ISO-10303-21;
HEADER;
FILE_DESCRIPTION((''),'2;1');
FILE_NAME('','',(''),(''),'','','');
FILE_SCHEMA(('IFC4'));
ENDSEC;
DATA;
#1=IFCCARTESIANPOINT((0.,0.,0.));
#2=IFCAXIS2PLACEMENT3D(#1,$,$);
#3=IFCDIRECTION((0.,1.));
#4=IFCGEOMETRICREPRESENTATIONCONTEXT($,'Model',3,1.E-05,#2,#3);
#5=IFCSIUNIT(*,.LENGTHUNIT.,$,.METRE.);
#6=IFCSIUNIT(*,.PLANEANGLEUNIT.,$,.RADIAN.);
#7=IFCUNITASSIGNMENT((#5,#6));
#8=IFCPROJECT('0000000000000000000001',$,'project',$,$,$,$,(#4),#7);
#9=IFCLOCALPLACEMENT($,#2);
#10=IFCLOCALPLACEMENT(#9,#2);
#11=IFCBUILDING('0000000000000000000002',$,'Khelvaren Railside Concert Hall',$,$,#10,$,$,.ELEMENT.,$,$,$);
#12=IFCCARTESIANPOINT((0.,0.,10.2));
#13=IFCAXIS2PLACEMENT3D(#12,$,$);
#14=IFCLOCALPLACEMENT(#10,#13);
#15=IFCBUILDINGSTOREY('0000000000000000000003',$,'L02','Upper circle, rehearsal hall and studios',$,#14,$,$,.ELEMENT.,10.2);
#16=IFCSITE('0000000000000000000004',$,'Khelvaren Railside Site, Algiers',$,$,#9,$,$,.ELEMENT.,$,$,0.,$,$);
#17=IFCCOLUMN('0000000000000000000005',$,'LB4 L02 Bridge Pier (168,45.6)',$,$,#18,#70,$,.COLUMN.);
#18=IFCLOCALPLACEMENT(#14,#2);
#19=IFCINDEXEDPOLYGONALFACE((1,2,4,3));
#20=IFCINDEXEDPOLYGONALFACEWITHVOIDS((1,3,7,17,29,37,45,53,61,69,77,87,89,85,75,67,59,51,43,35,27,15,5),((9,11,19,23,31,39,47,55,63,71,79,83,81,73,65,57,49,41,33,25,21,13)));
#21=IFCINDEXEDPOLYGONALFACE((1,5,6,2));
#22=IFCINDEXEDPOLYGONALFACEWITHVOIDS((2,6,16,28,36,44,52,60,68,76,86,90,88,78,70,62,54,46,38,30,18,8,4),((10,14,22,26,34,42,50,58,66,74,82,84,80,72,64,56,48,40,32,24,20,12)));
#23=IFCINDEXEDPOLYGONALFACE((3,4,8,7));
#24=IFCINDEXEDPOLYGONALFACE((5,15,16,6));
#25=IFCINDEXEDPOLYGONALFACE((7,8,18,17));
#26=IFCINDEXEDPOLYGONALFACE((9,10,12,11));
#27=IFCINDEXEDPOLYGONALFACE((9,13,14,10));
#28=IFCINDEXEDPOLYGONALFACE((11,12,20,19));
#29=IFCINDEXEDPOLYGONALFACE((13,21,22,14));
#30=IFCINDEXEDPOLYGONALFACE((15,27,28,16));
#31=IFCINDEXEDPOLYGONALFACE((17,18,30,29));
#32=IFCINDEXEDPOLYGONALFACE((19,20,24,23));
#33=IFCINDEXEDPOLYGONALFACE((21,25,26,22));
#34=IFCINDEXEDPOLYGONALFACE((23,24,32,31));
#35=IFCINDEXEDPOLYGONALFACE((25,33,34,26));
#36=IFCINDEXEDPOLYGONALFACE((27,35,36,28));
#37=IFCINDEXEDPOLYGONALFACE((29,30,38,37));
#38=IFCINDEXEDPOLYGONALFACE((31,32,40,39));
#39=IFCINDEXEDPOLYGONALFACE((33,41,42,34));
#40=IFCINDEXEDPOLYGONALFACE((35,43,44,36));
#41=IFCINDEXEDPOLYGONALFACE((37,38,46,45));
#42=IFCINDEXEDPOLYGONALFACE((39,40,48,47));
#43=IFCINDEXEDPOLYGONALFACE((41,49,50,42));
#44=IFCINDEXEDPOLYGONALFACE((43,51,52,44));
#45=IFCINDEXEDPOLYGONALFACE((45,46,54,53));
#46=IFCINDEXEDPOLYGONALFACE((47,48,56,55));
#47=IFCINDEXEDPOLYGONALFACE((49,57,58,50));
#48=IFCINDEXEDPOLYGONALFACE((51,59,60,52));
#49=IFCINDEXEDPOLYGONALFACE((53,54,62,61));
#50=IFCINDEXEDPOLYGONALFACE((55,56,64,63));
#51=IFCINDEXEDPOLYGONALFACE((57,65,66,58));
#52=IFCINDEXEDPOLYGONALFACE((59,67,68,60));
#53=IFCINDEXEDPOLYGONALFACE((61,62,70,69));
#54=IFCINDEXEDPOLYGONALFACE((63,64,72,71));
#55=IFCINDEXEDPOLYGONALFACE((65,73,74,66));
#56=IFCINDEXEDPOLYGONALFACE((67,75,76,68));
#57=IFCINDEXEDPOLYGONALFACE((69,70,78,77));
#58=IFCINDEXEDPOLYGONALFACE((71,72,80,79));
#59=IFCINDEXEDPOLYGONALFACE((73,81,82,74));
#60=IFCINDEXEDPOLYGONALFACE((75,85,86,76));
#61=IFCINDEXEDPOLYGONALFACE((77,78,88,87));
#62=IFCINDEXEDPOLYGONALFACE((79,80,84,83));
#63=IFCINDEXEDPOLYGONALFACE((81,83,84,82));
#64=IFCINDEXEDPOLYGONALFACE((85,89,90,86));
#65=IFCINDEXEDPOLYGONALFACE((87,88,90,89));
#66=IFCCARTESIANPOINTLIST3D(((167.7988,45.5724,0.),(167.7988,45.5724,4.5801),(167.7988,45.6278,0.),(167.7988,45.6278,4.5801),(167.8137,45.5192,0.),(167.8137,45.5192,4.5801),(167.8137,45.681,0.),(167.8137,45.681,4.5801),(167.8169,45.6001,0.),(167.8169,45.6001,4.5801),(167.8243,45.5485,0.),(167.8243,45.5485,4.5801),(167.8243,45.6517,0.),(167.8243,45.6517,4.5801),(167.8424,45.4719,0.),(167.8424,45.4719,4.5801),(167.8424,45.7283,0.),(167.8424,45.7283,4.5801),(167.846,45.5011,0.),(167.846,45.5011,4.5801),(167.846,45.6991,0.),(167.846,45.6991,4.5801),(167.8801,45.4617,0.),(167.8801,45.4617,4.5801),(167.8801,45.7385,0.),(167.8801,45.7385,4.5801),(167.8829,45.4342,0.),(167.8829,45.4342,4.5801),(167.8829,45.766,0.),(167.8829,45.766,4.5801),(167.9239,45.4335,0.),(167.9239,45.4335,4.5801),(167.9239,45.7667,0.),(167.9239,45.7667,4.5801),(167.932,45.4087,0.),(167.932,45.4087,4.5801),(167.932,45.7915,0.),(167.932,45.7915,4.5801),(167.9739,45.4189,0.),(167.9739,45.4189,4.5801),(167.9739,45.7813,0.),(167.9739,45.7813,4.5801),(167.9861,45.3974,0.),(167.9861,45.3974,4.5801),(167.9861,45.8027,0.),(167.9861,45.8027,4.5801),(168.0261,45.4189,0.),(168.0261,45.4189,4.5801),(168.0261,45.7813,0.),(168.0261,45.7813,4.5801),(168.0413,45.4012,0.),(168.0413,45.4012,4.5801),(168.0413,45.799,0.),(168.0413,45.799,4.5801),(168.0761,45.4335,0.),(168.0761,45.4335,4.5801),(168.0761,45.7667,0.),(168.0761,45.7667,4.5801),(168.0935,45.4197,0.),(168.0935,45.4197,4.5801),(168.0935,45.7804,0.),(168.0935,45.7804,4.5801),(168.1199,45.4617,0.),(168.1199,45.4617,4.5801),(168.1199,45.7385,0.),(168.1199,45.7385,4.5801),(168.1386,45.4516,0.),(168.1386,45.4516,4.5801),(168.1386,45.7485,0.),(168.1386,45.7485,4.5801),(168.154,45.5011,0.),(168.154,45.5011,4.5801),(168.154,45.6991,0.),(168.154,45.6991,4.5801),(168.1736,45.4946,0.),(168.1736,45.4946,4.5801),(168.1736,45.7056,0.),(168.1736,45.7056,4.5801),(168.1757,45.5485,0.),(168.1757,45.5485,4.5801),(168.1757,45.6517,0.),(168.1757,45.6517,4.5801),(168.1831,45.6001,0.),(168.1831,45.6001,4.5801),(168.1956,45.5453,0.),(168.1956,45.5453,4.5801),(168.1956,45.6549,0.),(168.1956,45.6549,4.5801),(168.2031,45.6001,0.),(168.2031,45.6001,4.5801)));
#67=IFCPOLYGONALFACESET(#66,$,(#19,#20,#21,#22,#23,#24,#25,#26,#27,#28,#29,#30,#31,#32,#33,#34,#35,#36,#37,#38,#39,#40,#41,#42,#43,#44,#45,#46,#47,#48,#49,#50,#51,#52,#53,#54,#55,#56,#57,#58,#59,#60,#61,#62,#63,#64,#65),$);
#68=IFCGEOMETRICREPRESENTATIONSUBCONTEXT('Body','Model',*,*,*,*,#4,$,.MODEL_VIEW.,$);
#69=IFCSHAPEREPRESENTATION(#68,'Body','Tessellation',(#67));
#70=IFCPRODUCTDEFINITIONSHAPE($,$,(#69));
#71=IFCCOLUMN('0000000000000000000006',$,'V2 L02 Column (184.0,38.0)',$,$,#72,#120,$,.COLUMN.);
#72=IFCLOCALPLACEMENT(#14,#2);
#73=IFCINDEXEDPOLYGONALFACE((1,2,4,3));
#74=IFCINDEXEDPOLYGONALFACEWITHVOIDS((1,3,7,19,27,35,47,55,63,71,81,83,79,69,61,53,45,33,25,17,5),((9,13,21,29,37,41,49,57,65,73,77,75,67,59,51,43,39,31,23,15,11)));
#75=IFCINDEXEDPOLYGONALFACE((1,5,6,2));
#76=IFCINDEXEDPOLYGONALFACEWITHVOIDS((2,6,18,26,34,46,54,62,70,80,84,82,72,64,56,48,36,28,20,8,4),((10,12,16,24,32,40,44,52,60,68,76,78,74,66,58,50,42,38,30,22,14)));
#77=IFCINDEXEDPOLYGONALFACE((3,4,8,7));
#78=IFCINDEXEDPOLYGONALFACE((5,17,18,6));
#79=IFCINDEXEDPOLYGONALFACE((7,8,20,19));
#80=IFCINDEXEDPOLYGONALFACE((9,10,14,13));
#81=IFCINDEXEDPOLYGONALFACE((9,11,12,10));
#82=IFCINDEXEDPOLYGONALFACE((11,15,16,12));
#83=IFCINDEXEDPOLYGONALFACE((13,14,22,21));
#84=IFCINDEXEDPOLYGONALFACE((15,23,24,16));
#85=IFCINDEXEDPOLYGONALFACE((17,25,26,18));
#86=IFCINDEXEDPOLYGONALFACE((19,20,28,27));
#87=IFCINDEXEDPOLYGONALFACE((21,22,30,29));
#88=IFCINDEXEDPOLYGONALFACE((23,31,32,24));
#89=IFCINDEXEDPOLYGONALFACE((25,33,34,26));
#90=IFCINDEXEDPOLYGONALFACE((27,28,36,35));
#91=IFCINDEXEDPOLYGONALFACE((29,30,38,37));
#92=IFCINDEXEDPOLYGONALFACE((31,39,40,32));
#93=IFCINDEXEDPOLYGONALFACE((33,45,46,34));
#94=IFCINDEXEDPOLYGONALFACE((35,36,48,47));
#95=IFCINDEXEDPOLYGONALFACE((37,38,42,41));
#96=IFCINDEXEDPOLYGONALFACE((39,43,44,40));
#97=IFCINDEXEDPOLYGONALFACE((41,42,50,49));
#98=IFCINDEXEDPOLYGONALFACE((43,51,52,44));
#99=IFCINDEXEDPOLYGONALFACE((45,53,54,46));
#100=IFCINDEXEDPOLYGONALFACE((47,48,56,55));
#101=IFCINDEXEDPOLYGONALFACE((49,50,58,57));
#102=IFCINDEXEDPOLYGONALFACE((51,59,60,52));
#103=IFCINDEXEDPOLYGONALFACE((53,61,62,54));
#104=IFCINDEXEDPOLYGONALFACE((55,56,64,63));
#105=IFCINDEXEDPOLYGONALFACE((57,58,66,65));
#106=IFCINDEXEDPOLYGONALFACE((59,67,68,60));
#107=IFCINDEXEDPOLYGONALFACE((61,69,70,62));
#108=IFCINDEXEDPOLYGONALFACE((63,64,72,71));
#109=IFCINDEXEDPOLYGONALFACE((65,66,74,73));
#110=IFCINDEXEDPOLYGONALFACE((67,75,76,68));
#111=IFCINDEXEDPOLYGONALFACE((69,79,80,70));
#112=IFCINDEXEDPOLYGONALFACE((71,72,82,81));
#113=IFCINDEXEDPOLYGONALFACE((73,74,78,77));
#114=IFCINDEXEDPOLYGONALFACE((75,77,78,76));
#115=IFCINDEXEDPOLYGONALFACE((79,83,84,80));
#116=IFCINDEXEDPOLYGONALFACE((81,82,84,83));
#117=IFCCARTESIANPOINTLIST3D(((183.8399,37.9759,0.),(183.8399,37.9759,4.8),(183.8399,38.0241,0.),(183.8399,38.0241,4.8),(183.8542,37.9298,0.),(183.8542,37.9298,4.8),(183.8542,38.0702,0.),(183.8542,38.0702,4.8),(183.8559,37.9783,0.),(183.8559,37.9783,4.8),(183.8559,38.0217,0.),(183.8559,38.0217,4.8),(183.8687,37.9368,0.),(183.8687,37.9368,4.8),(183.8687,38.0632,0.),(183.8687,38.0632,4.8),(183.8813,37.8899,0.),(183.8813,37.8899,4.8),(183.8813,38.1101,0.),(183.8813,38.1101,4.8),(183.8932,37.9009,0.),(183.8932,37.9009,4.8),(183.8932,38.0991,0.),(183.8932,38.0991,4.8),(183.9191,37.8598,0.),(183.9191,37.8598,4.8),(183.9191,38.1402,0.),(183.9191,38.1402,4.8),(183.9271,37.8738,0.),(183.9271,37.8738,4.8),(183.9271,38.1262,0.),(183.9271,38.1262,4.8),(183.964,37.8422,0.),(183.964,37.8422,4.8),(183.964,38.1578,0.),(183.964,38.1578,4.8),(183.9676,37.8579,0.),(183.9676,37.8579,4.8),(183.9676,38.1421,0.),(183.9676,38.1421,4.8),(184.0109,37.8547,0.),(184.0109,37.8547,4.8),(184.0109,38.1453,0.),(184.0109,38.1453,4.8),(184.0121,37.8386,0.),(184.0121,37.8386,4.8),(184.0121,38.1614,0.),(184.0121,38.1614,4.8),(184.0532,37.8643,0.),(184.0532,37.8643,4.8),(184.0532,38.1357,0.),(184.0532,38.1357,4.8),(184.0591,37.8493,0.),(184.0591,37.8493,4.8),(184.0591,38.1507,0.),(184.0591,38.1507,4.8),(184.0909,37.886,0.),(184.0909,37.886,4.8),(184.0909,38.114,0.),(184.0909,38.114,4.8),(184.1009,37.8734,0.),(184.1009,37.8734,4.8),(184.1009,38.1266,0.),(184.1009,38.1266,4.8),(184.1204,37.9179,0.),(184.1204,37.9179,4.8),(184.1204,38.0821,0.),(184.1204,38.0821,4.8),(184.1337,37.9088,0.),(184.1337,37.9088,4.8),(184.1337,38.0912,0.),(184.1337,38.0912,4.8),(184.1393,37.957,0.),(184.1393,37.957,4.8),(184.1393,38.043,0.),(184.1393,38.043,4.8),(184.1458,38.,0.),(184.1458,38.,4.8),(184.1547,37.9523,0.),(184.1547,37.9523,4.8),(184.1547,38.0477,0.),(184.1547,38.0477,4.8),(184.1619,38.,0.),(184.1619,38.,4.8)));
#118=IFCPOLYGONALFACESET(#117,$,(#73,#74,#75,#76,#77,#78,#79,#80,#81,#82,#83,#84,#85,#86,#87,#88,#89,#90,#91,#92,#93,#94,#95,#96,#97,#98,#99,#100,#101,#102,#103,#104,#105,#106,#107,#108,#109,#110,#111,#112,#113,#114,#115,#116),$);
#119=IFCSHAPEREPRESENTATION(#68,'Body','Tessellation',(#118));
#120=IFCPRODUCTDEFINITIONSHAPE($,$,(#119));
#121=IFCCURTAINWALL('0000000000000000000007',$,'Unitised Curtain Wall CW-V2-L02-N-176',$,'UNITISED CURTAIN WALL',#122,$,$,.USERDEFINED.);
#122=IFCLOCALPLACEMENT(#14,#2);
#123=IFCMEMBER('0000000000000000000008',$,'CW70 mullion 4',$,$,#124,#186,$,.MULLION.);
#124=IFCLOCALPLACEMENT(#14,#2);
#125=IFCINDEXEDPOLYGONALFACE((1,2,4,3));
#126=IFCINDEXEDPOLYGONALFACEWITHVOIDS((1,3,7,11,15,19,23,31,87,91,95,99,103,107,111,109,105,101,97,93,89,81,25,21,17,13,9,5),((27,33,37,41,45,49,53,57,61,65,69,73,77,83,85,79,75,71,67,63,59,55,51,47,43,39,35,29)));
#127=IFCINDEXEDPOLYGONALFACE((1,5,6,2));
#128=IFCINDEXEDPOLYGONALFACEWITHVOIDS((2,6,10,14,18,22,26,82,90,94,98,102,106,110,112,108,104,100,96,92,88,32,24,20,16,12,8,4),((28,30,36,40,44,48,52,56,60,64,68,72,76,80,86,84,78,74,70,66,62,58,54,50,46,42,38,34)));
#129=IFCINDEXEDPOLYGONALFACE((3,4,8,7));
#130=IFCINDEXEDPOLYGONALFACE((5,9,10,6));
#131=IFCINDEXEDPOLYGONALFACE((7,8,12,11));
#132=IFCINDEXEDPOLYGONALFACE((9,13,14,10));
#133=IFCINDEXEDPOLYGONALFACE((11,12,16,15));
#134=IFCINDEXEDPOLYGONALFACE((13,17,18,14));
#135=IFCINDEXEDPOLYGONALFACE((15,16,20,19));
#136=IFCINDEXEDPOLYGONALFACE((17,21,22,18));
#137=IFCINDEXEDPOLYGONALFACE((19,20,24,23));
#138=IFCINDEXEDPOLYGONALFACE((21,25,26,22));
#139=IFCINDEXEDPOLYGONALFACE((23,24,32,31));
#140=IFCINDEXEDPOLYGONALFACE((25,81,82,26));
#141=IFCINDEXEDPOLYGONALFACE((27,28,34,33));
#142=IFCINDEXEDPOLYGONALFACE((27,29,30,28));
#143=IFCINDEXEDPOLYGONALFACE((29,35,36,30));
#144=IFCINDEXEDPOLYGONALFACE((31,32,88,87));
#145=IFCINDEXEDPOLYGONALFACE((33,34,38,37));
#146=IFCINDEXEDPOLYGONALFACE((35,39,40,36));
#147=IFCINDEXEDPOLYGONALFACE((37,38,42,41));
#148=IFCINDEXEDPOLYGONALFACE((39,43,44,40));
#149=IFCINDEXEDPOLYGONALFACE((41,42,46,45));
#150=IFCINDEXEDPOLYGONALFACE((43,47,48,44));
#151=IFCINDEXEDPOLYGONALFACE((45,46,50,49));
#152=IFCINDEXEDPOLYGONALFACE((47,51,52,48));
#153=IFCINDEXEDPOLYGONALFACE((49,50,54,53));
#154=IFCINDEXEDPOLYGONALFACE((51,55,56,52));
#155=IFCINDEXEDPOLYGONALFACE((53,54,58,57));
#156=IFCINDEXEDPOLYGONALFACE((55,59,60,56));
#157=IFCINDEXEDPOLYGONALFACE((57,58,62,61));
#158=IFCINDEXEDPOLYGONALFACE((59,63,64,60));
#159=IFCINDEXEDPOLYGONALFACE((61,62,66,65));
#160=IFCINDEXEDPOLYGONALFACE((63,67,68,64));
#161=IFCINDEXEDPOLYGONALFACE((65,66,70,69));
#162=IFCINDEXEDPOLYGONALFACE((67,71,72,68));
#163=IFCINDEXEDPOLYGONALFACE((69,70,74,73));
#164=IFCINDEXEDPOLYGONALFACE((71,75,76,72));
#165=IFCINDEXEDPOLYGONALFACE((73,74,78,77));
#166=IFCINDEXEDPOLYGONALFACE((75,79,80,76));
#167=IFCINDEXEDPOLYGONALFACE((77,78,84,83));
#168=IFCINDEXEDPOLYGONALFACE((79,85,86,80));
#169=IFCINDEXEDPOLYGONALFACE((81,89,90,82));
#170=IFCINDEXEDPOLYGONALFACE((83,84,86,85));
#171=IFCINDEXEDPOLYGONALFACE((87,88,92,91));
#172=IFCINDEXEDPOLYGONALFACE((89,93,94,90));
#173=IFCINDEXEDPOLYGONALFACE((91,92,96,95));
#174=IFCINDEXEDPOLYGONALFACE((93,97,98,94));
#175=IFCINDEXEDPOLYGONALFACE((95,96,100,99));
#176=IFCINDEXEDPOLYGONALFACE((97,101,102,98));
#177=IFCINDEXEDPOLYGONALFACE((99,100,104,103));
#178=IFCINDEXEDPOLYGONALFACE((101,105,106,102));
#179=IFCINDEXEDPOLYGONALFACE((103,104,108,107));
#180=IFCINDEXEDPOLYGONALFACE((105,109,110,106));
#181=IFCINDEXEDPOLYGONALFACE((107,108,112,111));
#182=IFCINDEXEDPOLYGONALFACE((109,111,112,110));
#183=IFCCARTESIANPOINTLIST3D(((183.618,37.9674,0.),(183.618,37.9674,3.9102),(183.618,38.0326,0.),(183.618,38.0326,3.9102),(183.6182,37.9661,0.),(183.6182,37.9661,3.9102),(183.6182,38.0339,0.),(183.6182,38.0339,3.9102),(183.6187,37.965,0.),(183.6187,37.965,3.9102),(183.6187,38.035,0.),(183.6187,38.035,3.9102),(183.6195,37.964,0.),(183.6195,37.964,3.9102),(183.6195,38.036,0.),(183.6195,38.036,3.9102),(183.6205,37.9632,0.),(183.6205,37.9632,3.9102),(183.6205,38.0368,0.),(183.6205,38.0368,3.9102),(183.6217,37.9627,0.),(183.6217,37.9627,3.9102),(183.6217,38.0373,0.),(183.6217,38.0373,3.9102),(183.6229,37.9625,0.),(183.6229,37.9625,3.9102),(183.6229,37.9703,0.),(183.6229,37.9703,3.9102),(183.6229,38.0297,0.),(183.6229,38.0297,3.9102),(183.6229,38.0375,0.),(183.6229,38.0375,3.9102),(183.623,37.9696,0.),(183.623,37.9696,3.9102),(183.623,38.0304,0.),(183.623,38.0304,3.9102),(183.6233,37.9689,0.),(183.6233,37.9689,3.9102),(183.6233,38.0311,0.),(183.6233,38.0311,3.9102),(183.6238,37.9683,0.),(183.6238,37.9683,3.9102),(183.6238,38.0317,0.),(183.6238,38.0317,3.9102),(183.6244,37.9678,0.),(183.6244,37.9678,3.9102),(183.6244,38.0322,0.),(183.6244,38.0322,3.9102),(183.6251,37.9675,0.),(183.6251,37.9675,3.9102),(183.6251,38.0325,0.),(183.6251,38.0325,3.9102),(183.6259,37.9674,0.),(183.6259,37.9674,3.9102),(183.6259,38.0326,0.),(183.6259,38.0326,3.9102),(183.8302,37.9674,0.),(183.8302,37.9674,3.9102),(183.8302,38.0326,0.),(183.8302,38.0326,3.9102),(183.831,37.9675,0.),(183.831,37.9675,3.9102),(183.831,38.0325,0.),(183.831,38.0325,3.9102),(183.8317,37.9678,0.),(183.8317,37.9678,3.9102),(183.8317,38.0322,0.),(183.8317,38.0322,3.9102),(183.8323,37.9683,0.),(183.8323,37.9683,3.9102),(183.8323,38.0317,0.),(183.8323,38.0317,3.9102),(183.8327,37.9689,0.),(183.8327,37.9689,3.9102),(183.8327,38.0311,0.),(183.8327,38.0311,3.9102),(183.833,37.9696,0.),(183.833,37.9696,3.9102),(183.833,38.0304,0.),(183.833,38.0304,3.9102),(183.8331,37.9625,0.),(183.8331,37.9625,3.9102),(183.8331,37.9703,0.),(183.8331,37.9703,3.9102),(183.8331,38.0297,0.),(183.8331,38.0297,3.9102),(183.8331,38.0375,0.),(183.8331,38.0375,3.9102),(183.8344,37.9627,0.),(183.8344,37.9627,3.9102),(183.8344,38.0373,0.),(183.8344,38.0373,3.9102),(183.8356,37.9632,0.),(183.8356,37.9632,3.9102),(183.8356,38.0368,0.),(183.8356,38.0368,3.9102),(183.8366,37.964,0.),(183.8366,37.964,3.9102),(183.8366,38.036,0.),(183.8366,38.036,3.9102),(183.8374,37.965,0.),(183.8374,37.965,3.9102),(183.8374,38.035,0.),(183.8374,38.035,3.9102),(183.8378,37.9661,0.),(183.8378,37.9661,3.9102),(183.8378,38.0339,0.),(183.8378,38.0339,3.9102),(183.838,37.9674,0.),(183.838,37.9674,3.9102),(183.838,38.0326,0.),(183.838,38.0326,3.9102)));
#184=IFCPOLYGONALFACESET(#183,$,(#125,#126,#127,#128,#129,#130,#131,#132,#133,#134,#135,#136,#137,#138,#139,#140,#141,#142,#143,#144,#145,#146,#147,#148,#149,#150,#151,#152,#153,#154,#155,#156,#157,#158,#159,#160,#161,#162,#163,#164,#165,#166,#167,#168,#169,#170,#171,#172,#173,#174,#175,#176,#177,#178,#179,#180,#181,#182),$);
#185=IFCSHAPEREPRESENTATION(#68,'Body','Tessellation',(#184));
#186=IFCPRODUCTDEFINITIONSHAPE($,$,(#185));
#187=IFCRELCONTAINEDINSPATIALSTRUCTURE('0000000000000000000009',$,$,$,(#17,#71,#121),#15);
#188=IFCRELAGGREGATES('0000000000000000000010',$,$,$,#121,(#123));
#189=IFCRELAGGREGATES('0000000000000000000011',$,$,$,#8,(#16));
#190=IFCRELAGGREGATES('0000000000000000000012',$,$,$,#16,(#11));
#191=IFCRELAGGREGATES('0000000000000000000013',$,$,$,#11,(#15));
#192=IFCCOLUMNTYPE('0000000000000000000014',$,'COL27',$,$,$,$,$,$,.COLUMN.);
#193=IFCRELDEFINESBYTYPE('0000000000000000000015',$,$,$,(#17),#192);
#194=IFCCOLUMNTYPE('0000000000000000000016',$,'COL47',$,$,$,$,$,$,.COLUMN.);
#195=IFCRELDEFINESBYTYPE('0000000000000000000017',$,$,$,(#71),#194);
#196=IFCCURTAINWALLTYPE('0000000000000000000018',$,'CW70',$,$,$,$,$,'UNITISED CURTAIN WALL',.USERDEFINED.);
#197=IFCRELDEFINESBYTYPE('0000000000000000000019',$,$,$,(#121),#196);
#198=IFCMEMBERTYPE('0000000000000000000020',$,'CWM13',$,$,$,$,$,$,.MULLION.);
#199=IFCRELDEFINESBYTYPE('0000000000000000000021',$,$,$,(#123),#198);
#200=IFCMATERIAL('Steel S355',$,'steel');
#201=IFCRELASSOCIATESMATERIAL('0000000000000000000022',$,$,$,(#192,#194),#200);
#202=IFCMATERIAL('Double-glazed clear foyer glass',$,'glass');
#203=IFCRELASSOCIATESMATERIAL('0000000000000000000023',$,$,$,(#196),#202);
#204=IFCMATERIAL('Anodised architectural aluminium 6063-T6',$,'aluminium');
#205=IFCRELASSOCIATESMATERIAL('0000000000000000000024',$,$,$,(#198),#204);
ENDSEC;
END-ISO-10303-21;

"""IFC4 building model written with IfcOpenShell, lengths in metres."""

from ifc_helpers import new_model, si_unit, direction, frame, origin, origin_2d, place, context, subcontext, project, spatial, hollow_rectangle, hollow_circle, extrude, material, material_profile, profile_set, type_object, element, aggregate, save


model = new_model("IFC4")

# Units and contexts
model_context = context("Model", 3, precision=1e-05, world=origin(), true_north=direction((0.0, 1.0)))
body_context = subcontext(model_context, "Body", "Model", "MODEL_VIEW")
ifc_project = project(units=[si_unit("LENGTHUNIT", "METRE"), si_unit("PLANEANGLEUNIT", "RADIAN")], contexts=[model_context])

# Site, building, storey
site_placement = place(None, origin())
site = spatial("IfcSite", under=ifc_project, at=site_placement, Name="Khelvaren Railside Site, Algiers", CompositionType="ELEMENT", RefElevation=0.0)
building_placement = place(site_placement, origin())
building = spatial("IfcBuilding", under=site, at=building_placement, Name="Khelvaren Railside Concert Hall", CompositionType="ELEMENT")
storey_placement = place(building_placement, frame((0.0, 0.0, 10.2)))
storey = spatial("IfcBuildingStorey", under=building, at=storey_placement, Name="L02", Description="Upper circle, rehearsal hall and studios", CompositionType="ELEMENT", Elevation=10.2)

# Columns
ifc_material_1 = material(Name="Steel S355", Category="steel")
ifc_material_profile_1 = material_profile(ifc_material_1, hollow_circle(Radius=0.2031, WallThickness=0.02, at=origin_2d()), Name="CHS 406.4x20")
ifc_profile_set_1 = profile_set([ifc_material_profile_1], Name="Steel S355")
column_type_1 = type_object("IfcColumnType", Name="COL27", PredefinedType="COLUMN", material=ifc_profile_set_1)
column_1_placement = place(storey_placement, frame((168.0, 45.6001, 0.0), z_axis=(0.0, 0.0, 1.0), x_axis=(1.0, 0.0, 0.0)))
element("IfcColumn", 1, at=column_1_placement, inside=storey, type_object=column_type_1, Name="LB4 L02 Bridge Pier (168,45.6)", PredefinedType="COLUMN", context=body_context, shape_type="SweptSolid", body=[
    extrude(hollow_circle(Radius=0.2031, WallThickness=0.02, at=origin_2d()), origin(), (0.0, 0.0, 1.0), 4.5801),
])
ifc_material_profile_2 = material_profile(ifc_material_1, hollow_circle(Radius=0.1619, WallThickness=0.0161, at=origin_2d()), Name="CHS 323.9x16")
ifc_profile_set_2 = profile_set([ifc_material_profile_2], Name="Steel S355")
column_type_2 = type_object("IfcColumnType", Name="COL47", PredefinedType="COLUMN", material=ifc_profile_set_2)
column_2_placement = place(storey_placement, frame((184.0, 38.0, 0.0), z_axis=(0.0, 0.0, 1.0), x_axis=(1.0, 0.0, 0.0)))
element("IfcColumn", 2, at=column_2_placement, inside=storey, type_object=column_type_2, Name="V2 L02 Column (184.0,38.0)", PredefinedType="COLUMN", context=body_context, shape_type="SweptSolid", body=[
    extrude(hollow_circle(Radius=0.1619, WallThickness=0.0161, at=origin_2d()), origin(), (0.0, 0.0, 1.0), 4.8),
])

# Curtain wall, member
ifc_material_2 = material(Name="Double-glazed clear foyer glass", Category="glass")
curtain_wall_type_1 = type_object("IfcCurtainWallType", Name="CW70", ElementType="UNITISED CURTAIN WALL", PredefinedType="USERDEFINED", material=ifc_material_2)
curtain_wall_1_placement = place(storey_placement, origin())
curtain_wall_1 = element("IfcCurtainWall", 3, at=curtain_wall_1_placement, inside=storey, type_object=curtain_wall_type_1, Name="Unitised Curtain Wall CW-V2-L02-N-176", ObjectType="UNITISED CURTAIN WALL", PredefinedType="USERDEFINED")
ifc_material_3 = material(Name="Anodised architectural aluminium 6063-T6", Category="aluminium")
ifc_material_profile_3 = material_profile(ifc_material_3, hollow_rectangle(XDim=0.075, YDim=0.22, WallThickness=0.0049, InnerFilletRadius=0.0029, OuterFilletRadius=0.0049, at=origin_2d()), Name="CWM 75x220x5")
ifc_profile_set_3 = profile_set([ifc_material_profile_3], Name="Anodised architectural aluminium 6063-T6")
member_type_1 = type_object("IfcMemberType", Name="CWM13", PredefinedType="MULLION", material=ifc_profile_set_3)
member_1_placement = place(storey_placement, frame((183.728, 38.0, 0.0), z_axis=(0.0, 0.0, 1.0), x_axis=(0.0, 1.0, 0.0)))
member_1 = element("IfcMember", 4, at=member_1_placement, type_object=member_type_1, Name="CW70 mullion 4", PredefinedType="MULLION", context=body_context, shape_type="SweptSolid", body=[
    extrude(hollow_rectangle(XDim=0.075, YDim=0.22, WallThickness=0.0049, InnerFilletRadius=0.0029, OuterFilletRadius=0.0049, at=origin_2d()), origin(), (0.0, 0.0, 1.0), 3.9102),
])

aggregate(curtain_wall_1, [member_1])

save(model, "model.ifc")
